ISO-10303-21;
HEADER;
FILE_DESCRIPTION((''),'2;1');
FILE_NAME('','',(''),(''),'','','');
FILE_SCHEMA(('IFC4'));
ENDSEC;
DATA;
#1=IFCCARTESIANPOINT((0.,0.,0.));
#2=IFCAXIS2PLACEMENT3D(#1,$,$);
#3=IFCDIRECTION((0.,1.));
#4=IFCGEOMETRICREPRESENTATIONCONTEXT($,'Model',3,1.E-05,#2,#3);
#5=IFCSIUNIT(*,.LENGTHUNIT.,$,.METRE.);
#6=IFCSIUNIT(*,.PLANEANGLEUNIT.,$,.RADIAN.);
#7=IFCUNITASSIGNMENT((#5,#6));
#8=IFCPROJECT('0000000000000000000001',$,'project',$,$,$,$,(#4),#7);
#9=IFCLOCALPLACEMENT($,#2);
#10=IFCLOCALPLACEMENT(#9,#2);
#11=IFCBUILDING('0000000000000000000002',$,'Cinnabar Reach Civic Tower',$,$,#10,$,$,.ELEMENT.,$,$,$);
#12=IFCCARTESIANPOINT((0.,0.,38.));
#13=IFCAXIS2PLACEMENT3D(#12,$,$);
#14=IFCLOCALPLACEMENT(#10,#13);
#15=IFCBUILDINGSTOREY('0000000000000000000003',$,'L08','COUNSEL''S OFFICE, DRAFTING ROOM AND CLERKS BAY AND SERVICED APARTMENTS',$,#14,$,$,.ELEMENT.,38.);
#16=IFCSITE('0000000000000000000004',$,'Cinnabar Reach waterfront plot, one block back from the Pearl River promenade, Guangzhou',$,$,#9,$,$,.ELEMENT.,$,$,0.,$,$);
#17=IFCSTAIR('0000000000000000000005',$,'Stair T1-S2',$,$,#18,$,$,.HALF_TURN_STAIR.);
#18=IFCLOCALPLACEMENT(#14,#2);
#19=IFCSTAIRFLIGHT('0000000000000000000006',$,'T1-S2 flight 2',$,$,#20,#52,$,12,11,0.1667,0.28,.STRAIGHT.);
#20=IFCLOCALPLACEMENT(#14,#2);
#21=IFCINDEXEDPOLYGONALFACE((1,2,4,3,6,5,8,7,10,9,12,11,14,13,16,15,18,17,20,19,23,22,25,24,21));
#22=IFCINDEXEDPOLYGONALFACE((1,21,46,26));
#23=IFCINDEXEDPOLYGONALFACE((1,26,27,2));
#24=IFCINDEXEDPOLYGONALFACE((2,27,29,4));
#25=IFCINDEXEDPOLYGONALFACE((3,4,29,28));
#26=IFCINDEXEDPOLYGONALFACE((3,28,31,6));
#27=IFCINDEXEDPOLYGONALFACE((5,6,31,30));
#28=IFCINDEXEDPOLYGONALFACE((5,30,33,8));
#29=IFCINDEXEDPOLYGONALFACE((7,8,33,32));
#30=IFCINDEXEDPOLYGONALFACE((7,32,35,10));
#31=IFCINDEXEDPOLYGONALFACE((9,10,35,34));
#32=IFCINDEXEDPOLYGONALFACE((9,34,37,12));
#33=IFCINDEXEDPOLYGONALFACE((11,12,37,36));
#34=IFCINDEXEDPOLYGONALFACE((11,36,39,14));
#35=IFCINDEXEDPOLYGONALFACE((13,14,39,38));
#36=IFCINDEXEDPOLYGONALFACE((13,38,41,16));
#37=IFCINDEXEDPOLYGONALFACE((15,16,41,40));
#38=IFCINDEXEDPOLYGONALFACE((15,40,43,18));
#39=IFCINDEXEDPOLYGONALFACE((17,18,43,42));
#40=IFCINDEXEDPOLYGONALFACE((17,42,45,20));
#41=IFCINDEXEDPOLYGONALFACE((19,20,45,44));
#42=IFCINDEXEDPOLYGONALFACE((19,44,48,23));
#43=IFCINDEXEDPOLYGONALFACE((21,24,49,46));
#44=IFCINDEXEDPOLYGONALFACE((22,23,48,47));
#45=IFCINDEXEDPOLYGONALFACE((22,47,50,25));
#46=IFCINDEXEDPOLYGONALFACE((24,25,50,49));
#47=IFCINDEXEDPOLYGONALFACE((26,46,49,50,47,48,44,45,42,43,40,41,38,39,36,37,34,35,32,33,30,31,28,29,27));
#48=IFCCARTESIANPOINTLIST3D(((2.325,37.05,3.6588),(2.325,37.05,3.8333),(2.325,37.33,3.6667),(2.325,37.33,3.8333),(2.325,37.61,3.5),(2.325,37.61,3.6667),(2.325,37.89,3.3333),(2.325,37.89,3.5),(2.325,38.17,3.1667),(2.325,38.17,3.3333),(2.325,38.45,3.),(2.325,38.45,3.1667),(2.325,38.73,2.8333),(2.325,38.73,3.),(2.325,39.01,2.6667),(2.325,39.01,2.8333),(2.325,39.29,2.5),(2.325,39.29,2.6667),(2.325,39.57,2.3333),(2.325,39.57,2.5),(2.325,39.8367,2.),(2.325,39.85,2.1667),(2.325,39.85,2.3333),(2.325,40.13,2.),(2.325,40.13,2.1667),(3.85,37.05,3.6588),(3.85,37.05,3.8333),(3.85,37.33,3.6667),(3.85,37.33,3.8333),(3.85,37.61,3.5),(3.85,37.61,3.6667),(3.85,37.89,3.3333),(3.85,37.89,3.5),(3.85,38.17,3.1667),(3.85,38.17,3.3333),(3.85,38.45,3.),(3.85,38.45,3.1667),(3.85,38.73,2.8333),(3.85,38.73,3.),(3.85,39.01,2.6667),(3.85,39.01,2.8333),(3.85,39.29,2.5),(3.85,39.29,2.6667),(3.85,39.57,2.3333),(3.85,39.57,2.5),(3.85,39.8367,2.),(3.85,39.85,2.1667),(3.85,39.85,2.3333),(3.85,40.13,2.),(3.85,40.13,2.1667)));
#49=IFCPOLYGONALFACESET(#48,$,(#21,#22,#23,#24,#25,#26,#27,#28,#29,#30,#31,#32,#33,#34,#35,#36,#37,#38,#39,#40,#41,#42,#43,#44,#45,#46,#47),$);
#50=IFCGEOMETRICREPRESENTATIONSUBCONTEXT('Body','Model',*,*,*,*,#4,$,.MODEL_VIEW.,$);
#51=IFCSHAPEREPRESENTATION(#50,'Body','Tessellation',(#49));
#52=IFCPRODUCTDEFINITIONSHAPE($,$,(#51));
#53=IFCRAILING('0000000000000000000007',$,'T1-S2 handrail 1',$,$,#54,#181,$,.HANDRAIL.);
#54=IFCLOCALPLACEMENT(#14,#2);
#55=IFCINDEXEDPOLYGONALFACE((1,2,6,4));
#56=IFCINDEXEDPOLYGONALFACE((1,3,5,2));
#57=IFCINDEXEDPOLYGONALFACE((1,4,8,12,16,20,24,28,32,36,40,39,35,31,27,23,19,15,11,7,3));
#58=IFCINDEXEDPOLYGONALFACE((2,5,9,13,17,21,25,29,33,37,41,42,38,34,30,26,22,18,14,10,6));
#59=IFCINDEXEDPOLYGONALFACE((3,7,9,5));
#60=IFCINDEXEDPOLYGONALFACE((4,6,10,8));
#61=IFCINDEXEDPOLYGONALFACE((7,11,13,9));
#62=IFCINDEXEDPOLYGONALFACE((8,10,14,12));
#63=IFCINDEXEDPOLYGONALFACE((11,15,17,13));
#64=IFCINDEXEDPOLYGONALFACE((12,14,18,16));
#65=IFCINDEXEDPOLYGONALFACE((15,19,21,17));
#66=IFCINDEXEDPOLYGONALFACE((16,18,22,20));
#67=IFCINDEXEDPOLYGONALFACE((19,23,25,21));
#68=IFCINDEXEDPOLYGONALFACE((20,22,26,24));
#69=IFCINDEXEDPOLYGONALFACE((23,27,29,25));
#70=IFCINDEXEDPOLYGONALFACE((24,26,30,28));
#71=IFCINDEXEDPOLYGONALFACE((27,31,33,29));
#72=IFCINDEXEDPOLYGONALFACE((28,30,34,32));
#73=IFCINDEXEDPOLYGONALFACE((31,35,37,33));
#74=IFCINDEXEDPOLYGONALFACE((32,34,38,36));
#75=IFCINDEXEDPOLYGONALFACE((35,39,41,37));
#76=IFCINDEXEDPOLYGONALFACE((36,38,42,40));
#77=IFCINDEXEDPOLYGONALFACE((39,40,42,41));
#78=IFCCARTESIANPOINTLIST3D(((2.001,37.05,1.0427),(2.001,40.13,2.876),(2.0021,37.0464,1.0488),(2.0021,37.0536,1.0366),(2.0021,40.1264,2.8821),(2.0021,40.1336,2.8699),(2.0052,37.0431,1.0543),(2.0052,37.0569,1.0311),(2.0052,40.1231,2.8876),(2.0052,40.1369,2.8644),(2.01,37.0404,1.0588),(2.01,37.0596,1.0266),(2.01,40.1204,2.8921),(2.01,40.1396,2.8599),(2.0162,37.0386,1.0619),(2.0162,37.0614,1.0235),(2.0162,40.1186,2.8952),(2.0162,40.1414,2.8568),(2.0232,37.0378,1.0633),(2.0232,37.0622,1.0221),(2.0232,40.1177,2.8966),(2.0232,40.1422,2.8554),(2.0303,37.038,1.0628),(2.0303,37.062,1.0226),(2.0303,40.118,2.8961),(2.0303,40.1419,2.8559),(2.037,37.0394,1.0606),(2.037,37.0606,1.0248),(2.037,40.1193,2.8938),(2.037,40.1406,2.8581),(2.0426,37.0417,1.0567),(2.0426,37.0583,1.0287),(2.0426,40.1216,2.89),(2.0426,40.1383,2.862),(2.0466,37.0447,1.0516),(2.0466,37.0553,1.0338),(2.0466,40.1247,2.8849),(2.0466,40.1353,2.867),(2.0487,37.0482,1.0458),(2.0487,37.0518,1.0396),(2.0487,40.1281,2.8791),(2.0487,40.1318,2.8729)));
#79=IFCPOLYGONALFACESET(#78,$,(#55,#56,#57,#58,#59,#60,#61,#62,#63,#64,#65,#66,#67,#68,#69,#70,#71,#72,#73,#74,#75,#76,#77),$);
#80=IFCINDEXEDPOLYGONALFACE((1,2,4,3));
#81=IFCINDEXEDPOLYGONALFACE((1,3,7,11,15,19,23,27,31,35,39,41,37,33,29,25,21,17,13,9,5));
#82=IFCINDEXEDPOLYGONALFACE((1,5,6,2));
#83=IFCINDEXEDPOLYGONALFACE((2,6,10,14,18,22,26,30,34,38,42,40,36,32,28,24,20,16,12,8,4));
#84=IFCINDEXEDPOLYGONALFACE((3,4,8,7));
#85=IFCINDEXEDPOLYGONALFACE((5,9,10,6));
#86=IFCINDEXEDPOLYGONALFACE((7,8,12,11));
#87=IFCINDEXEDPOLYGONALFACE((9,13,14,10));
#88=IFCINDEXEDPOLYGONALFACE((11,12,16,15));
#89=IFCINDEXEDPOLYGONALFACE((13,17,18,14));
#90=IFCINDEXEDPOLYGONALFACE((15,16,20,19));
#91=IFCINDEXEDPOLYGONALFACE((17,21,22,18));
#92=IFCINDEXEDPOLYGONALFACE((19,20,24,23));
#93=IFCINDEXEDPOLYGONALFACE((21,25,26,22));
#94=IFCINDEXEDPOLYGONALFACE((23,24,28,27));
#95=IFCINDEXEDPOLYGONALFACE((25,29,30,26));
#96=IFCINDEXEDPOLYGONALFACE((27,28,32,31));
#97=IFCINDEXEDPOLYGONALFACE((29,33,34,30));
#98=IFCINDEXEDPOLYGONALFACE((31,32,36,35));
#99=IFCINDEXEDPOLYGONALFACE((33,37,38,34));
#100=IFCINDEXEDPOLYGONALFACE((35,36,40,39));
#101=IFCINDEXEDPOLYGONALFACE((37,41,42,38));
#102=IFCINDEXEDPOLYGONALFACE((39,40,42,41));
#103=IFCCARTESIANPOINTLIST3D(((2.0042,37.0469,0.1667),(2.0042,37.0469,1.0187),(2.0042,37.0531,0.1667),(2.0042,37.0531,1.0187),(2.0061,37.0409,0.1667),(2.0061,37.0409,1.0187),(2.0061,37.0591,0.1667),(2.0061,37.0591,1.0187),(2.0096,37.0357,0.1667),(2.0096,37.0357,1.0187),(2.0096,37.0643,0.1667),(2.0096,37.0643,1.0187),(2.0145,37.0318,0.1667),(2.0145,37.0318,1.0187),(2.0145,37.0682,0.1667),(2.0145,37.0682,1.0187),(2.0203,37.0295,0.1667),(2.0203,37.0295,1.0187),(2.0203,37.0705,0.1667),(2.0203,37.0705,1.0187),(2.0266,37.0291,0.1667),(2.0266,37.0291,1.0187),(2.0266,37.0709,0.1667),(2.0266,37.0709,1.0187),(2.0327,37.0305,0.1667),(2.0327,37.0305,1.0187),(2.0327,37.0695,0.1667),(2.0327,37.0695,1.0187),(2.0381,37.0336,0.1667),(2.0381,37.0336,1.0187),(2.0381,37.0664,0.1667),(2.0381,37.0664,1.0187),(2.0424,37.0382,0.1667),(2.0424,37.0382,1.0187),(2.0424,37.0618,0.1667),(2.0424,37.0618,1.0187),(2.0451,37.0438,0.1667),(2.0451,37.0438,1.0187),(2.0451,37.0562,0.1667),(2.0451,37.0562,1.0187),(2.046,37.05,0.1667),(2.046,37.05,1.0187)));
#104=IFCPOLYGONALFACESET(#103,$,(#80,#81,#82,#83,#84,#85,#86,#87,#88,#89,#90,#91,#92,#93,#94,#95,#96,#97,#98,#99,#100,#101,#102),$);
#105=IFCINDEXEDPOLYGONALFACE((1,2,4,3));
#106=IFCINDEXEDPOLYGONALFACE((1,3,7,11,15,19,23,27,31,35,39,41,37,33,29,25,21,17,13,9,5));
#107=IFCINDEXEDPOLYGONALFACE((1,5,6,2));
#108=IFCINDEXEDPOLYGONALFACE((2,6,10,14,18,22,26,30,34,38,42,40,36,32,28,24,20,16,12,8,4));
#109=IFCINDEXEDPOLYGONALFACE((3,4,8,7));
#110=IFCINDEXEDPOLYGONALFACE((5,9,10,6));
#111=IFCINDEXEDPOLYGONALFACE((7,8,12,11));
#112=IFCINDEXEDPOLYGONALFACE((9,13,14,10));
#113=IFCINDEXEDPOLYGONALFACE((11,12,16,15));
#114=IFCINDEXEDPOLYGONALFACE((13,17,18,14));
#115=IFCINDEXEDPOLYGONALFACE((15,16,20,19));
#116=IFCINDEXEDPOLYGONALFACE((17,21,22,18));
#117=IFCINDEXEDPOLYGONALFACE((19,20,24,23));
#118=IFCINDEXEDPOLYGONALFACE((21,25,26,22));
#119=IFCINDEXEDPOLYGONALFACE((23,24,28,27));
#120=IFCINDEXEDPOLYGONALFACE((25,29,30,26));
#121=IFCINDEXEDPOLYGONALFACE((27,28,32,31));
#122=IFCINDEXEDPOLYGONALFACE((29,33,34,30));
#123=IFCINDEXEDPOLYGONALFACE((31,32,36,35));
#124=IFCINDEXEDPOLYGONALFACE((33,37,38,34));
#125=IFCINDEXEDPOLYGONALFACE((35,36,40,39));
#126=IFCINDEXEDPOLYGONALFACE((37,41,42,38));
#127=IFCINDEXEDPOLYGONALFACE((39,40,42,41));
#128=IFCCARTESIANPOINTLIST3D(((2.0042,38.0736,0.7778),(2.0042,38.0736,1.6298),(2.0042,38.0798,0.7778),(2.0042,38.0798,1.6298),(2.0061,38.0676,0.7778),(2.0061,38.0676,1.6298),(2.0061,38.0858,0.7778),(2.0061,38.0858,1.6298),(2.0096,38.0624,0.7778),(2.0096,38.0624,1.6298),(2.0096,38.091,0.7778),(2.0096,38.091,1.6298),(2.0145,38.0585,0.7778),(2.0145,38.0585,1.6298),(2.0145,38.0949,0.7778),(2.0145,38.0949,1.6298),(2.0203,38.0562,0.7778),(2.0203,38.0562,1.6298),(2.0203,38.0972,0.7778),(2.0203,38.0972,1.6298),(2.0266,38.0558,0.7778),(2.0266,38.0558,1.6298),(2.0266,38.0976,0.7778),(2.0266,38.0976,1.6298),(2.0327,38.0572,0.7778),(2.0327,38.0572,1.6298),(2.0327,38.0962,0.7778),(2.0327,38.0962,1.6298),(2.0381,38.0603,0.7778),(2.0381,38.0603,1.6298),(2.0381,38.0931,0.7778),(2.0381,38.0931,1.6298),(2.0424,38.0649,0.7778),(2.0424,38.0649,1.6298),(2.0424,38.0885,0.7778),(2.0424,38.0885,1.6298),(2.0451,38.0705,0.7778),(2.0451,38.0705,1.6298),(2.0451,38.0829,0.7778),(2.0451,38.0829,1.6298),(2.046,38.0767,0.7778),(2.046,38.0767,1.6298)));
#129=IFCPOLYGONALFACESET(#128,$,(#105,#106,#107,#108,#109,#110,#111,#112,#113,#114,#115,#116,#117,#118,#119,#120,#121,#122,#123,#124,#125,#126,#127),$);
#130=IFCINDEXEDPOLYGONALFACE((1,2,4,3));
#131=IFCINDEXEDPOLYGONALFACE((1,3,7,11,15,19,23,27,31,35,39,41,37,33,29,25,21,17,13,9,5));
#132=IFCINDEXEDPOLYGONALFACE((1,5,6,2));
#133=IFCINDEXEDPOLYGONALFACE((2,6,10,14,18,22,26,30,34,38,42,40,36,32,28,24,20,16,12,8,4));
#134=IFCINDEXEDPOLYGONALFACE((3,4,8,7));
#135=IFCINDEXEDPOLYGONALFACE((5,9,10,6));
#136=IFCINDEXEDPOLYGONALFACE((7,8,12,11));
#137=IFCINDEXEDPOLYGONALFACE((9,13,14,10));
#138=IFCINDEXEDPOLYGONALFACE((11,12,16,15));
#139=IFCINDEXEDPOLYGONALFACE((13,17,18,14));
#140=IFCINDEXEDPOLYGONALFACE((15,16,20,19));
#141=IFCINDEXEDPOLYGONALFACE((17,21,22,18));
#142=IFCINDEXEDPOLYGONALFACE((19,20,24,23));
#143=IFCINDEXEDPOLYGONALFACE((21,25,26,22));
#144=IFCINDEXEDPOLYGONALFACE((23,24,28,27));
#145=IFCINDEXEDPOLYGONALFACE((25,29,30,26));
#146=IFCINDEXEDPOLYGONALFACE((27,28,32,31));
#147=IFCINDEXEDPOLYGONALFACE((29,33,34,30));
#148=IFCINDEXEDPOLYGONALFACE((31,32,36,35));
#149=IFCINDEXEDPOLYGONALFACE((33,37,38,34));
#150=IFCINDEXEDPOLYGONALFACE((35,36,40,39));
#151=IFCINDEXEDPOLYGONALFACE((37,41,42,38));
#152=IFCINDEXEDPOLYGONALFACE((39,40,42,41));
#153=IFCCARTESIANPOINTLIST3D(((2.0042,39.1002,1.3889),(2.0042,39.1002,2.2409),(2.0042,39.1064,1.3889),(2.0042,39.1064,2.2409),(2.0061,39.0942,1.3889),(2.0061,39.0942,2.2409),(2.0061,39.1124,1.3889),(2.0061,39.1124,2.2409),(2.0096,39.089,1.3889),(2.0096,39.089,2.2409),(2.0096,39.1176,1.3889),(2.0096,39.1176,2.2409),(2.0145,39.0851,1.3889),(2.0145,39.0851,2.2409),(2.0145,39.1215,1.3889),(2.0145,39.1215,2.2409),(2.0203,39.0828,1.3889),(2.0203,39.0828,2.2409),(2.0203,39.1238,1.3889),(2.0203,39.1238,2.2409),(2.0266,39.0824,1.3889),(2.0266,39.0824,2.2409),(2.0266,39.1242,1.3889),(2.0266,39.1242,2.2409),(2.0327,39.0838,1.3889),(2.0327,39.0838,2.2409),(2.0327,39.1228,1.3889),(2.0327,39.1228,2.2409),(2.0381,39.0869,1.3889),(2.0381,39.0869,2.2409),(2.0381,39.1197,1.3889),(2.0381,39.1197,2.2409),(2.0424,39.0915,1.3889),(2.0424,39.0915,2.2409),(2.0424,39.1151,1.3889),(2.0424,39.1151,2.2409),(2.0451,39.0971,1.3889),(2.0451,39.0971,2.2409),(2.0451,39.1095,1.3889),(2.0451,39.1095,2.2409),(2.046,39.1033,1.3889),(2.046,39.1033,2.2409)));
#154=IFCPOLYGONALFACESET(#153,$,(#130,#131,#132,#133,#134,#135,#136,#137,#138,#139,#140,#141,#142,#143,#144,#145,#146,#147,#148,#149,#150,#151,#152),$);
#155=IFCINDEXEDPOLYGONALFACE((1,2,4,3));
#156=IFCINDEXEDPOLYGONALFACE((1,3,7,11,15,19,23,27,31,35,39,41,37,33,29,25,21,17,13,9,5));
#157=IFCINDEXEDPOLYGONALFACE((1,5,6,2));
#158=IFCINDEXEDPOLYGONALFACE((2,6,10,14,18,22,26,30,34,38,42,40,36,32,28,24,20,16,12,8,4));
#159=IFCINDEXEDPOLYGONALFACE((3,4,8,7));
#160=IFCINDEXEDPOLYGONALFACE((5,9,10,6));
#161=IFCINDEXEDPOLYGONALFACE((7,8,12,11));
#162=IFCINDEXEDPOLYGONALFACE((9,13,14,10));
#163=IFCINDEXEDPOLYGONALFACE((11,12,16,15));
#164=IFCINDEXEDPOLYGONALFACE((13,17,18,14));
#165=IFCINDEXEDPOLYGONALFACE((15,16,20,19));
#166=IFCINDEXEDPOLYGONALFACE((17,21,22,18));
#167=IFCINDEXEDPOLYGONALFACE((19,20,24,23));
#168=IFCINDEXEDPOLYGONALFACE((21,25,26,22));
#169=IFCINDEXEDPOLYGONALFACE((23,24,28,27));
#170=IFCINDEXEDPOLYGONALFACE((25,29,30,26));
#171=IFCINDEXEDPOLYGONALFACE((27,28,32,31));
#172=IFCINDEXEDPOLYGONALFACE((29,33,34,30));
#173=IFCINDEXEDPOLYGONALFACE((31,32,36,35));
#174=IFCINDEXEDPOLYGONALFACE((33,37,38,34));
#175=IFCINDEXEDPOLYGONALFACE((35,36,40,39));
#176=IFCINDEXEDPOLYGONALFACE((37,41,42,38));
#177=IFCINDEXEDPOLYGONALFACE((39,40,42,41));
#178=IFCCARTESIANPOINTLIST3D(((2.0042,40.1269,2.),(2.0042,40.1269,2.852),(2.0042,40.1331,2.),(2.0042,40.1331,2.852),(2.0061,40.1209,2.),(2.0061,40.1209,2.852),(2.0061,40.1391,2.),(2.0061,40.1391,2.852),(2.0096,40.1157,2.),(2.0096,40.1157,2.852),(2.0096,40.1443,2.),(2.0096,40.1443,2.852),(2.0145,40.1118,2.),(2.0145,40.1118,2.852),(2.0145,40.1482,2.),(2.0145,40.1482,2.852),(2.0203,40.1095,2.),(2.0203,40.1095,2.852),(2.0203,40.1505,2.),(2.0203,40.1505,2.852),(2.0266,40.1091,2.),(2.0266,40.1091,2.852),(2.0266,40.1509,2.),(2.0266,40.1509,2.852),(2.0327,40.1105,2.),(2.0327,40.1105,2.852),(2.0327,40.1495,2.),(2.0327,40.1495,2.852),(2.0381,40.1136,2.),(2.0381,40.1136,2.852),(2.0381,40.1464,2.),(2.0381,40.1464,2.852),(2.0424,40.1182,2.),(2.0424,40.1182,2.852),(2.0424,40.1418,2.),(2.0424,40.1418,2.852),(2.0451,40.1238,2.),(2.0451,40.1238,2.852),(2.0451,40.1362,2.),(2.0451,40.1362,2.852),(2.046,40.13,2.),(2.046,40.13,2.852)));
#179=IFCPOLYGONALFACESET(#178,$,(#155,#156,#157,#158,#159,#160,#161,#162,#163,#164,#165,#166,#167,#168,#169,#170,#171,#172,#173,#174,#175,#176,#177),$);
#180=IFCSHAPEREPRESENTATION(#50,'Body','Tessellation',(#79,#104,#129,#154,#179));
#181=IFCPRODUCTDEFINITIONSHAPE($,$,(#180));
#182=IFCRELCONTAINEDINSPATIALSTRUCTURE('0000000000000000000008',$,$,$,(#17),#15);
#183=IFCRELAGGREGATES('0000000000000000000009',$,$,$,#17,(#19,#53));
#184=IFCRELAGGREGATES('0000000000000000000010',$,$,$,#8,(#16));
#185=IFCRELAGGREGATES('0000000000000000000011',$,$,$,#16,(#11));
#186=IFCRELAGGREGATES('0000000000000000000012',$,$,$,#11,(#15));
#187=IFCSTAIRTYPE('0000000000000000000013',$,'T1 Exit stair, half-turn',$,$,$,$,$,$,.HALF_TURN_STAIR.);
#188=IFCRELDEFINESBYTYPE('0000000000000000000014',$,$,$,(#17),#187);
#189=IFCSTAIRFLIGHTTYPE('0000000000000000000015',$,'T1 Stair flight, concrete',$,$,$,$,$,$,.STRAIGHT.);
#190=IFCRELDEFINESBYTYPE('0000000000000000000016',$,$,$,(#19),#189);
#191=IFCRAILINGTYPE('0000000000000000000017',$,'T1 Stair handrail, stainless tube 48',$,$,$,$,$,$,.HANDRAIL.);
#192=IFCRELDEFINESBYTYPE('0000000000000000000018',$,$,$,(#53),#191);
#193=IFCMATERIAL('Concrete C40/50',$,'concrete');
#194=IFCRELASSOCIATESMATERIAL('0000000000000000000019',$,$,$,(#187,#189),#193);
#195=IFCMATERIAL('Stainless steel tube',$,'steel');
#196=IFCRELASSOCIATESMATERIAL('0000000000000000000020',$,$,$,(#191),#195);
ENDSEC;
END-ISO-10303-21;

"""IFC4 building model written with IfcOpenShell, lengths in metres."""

from ifc_helpers import new_model, si_unit, direction, frame, origin, origin_2d, place, context, subcontext, project, spatial, polyline, circle, outline, extrude, material, type_object, element, aggregate, save


model = new_model("IFC4")

# Units and contexts
model_context = context("Model", 3, precision=1e-05, world=origin(), true_north=direction((0.0, 1.0)))
body_context = subcontext(model_context, "Body", "Model", "MODEL_VIEW")
ifc_project = project(units=[si_unit("LENGTHUNIT", "METRE"), si_unit("PLANEANGLEUNIT", "RADIAN")], contexts=[model_context])

# Site, building, storey
site_placement = place(None, origin())
site = spatial("IfcSite", under=ifc_project, at=site_placement, Name="Cinnabar Reach waterfront plot, one block back from the Pearl River promenade, Guangzhou", CompositionType="ELEMENT", RefElevation=0.0)
building_placement = place(site_placement, origin())
building = spatial("IfcBuilding", under=site, at=building_placement, Name="Cinnabar Reach Civic Tower", CompositionType="ELEMENT")
storey_placement = place(building_placement, frame((0.0, 0.0, 38.0)))
storey = spatial("IfcBuildingStorey", under=building, at=storey_placement, Name="L08", Description="COUNSEL'S OFFICE, DRAFTING ROOM AND CLERKS BAY AND SERVICED APARTMENTS", CompositionType="ELEMENT", Elevation=38.0)

# Shared definitions
ifc_material_1 = material(Name="Concrete C40/50", Category="concrete")

# Stair, stair flight, railing
stair_type = type_object("IfcStairType", Name="T1 Exit stair, half-turn", PredefinedType="HALF_TURN_STAIR", material=ifc_material_1)
stair_placement = place(storey_placement, origin())
stair = element("IfcStair", 1, at=stair_placement, inside=storey, type_object=stair_type, Name="Stair T1-S2", PredefinedType="HALF_TURN_STAIR")
stair_flight_type = type_object("IfcStairFlightType", Name="T1 Stair flight, concrete", PredefinedType="STRAIGHT", material=ifc_material_1)
stair_flight_1_placement = place(storey_placement, frame((3.0875, 40.13, 2.0), z_axis=(0.0, 0.0, 1.0), x_axis=(0.0, -1.0, 0.0)))
stair_flight_1 = element("IfcStairFlight", 2, at=stair_flight_1_placement, type_object=stair_flight_type, Name="T1-S2 flight 2", NumberOfRisers=12, NumberOfTreads=11, PredefinedType="STRAIGHT", RiserHeight=0.1667, TreadLength=0.28, context=body_context, shape_type="SweptSolid", body=[
    extrude(outline(polyline([(0.0, 0.0), (0.0, 0.1667), (0.28, 0.1667), (0.28, 0.3333), (0.56, 0.3333), (0.56, 0.5), (0.84, 0.5), (0.84, 0.6667), (1.12, 0.6667), (1.12, 0.8333), (1.4, 0.8333), (1.4, 1.0), (1.68, 1.0), (1.68, 1.1667), (1.96, 1.1667), (1.96, 1.3333), (2.24, 1.3333), (2.24, 1.5), (2.52, 1.5), (2.52, 1.6667), (2.8, 1.6667), (2.8, 1.8333), (3.08, 1.8333), (3.08, 2.0), (3.08, 1.6588), (0.2933, 0.0), (0.0, 0.0)])), frame((0.0, 0.7625, 0.0), z_axis=(0.0, -1.0, 0.0), x_axis=(1.0, 0.0, 0.0)), (0.0, 0.0, 1.0), 1.525),
])
ifc_material_2 = material(Name="Stainless steel tube", Category="steel")
railing_type = type_object("IfcRailingType", Name="T1 Stair handrail, stainless tube 48", PredefinedType="HANDRAIL", material=ifc_material_2)
railing_1_placement = place(storey_placement, frame((2.025, 37.05, 0.1667)))
railing_1 = element("IfcRailing", 3, at=railing_1_placement, type_object=railing_type, Name="T1-S2 handrail 1", PredefinedType="HANDRAIL", context=body_context, shape_type="SweptSolid", body=[
    extrude(circle(Radius=0.024, at=origin_2d()), frame((0.0, 0.0, 0.876), z_axis=(0.0, 0.859297, 0.511477), x_axis=(-1.0, 0.0, 0.0)), (0.0, 0.0, 1.0), 3.5843),
    extrude(circle(Radius=0.021, at=origin_2d()), origin(), (0.0, 0.0, 1.0), 0.852),
    extrude(circle(Radius=0.021, at=origin_2d()), frame((0.0, 1.0267, 0.6111)), (0.0, 0.0, 1.0), 0.852),
    extrude(circle(Radius=0.021, at=origin_2d()), frame((0.0, 2.0533, 1.2222)), (0.0, 0.0, 1.0), 0.852),
    extrude(circle(Radius=0.021, at=origin_2d()), frame((0.0, 3.08, 1.8333)), (0.0, 0.0, 1.0), 0.852),
])
aggregate(stair, [stair_flight_1, railing_1])

save(model, "model.ifc")
